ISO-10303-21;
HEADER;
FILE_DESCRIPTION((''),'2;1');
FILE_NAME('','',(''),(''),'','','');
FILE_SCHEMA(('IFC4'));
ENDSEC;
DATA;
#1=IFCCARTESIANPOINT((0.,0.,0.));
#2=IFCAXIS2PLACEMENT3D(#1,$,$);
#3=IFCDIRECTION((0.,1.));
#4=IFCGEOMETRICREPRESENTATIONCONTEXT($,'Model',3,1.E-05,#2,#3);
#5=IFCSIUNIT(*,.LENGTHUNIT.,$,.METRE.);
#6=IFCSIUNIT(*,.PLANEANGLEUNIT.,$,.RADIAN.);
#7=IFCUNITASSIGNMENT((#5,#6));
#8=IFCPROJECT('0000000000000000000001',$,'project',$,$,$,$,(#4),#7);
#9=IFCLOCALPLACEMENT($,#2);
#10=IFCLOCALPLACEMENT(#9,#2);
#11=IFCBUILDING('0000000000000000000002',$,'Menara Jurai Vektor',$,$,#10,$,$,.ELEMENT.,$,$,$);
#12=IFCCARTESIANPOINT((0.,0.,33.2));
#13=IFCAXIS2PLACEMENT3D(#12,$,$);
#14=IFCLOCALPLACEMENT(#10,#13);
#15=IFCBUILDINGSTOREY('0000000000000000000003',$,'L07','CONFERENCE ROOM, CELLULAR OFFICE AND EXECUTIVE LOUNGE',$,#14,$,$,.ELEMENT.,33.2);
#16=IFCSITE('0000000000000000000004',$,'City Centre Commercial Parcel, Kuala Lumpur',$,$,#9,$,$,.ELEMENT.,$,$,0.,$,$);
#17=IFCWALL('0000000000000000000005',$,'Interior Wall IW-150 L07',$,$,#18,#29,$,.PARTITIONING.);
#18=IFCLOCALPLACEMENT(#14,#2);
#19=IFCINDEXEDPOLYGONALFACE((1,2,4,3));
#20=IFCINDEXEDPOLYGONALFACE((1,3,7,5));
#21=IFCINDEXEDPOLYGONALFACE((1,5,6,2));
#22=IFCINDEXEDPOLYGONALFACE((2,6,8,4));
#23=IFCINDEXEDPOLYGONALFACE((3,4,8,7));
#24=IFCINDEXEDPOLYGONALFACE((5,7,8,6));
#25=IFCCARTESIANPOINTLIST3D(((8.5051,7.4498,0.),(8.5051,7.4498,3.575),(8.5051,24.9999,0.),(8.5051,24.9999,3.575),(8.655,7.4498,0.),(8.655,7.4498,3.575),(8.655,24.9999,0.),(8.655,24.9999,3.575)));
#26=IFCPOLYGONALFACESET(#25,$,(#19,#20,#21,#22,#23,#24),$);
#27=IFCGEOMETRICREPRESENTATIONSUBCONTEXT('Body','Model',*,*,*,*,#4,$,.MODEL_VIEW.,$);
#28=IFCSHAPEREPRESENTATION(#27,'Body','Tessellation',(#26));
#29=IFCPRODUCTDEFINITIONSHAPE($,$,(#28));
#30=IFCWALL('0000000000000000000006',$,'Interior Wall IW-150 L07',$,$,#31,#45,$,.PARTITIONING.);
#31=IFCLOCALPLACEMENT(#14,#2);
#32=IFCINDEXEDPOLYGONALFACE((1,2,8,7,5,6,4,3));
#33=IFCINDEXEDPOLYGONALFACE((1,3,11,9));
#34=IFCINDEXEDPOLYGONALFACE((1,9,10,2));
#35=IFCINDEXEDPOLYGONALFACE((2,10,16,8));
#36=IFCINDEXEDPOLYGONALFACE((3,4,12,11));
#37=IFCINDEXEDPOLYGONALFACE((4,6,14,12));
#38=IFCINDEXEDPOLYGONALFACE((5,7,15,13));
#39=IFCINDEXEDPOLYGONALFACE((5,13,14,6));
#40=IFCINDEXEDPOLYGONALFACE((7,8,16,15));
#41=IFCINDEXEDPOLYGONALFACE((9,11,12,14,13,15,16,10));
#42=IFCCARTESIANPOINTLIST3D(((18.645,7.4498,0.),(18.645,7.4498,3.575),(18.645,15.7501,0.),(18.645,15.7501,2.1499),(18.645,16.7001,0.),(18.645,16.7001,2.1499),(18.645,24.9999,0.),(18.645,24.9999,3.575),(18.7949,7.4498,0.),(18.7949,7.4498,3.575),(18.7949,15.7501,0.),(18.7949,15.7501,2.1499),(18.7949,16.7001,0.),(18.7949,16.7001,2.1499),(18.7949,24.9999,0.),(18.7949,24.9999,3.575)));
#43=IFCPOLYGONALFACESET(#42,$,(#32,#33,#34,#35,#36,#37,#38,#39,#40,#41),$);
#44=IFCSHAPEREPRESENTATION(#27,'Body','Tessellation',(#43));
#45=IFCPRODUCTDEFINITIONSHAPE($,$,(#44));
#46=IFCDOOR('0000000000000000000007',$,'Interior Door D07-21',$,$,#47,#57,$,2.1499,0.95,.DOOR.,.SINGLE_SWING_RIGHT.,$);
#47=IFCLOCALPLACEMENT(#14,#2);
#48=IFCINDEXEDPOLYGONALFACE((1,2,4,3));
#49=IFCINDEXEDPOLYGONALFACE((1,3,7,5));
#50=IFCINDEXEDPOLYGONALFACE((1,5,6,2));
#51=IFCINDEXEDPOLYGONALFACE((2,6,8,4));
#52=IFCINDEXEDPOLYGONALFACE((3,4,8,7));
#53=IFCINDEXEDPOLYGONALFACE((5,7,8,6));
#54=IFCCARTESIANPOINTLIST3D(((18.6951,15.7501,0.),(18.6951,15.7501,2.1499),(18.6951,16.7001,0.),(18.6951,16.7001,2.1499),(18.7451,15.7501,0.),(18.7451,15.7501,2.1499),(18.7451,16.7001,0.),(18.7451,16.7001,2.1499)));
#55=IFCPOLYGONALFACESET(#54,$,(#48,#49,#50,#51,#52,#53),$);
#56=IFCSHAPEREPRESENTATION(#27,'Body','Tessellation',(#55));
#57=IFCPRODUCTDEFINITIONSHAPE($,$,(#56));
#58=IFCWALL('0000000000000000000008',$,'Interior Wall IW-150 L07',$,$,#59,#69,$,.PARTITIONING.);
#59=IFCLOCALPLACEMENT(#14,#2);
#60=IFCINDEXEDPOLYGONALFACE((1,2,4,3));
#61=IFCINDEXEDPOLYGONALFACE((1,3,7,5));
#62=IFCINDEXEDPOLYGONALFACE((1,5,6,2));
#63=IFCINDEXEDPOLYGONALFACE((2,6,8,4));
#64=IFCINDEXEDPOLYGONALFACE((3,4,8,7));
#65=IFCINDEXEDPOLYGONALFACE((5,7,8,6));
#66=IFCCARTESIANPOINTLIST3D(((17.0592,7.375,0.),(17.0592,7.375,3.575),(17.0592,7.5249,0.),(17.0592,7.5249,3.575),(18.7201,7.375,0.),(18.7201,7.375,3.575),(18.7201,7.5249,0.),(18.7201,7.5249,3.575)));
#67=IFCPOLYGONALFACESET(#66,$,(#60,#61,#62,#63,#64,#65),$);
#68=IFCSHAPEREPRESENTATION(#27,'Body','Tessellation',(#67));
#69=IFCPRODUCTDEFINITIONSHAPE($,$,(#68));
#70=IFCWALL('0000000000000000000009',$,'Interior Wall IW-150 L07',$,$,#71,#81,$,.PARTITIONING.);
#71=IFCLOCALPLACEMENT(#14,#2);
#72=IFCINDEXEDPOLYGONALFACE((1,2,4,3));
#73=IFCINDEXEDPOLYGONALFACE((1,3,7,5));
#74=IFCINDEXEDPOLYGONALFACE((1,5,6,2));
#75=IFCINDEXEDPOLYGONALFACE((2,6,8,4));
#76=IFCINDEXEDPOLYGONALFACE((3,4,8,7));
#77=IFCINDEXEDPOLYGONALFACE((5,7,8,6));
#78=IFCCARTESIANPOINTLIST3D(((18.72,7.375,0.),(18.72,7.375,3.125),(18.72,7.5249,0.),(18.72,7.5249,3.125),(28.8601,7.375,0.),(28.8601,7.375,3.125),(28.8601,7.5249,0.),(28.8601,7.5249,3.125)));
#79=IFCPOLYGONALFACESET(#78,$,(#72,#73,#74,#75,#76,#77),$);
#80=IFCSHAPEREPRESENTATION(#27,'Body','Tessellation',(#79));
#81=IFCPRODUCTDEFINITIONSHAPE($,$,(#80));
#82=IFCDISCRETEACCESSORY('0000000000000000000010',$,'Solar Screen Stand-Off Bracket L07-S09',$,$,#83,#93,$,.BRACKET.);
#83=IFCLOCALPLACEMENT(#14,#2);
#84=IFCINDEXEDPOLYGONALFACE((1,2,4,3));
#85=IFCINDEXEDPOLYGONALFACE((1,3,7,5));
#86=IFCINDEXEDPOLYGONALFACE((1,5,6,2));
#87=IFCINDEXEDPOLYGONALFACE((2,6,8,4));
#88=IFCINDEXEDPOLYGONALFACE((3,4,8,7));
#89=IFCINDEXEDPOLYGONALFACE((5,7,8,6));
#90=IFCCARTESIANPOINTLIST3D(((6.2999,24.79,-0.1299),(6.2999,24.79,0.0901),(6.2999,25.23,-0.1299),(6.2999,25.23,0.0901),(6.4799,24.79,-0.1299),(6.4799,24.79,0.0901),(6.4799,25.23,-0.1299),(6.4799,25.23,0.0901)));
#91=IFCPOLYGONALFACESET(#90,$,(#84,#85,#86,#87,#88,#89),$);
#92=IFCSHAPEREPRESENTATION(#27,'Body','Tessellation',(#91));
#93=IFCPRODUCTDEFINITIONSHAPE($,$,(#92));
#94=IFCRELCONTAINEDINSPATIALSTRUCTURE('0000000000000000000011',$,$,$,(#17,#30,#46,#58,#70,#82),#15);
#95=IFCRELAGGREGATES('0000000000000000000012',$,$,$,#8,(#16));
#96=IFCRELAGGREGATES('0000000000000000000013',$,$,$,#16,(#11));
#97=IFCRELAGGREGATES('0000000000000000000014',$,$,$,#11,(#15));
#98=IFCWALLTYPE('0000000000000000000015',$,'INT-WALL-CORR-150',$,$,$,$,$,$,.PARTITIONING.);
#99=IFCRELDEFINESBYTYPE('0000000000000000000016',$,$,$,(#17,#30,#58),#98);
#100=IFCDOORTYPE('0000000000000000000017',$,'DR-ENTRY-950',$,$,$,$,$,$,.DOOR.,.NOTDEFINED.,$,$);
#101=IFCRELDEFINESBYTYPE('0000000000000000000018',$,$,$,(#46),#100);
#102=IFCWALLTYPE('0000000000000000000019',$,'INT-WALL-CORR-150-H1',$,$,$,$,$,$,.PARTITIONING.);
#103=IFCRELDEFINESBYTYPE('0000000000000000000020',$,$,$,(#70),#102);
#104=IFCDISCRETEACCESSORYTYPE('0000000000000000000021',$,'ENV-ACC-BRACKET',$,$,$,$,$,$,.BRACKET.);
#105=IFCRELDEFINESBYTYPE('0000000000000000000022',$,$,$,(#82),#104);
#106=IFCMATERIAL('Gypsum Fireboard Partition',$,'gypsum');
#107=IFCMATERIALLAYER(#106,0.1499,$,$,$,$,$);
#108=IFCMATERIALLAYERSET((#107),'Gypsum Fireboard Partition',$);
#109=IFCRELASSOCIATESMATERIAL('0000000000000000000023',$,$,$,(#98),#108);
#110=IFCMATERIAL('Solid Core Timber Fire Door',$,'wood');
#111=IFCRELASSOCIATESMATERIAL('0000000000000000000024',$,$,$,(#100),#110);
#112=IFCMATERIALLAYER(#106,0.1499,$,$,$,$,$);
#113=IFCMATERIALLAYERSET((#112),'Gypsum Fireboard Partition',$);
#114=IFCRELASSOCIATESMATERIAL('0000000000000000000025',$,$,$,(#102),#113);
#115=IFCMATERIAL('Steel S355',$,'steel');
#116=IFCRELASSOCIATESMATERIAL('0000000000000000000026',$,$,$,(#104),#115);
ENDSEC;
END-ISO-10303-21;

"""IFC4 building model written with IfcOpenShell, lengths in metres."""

from ifc_helpers import new_model, si_unit, direction, frame, frame_2d, origin, origin_2d, place, context, subcontext, project, spatial, rectangle, extrude, material, layer, layer_set, type_object, element, fill, save


model = new_model("IFC4")

# Units and contexts
model_context = context("Model", 3, precision=1e-05, world=origin(), true_north=direction((0.0, 1.0)))
body_context = subcontext(model_context, "Body", "Model", "MODEL_VIEW")
ifc_project = project(units=[si_unit("LENGTHUNIT", "METRE"), si_unit("PLANEANGLEUNIT", "RADIAN")], contexts=[model_context])

# Site, building, storey
site_placement = place(None, origin())
site = spatial("IfcSite", under=ifc_project, at=site_placement, Name="City Centre Commercial Parcel, Kuala Lumpur", CompositionType="ELEMENT", RefElevation=0.0)
building_placement = place(site_placement, origin())
building = spatial("IfcBuilding", under=site, at=building_placement, Name="Menara Jurai Vektor", CompositionType="ELEMENT")
storey_placement = place(building_placement, frame((0.0, 0.0, 33.2)))
storey = spatial("IfcBuildingStorey", under=building, at=storey_placement, Name="L07", Description="CONFERENCE ROOM, CELLULAR OFFICE AND EXECUTIVE LOUNGE", CompositionType="ELEMENT", Elevation=33.2)

# Shared definitions
ifc_material_1 = material(Name="Steel S355", Category="steel")

# Shared definitions
ifc_material_2 = material(Name="Gypsum Fireboard Partition", Category="gypsum")
ifc_layer_1 = layer(ifc_material_2, 0.1499)
ifc_layer_set_1 = layer_set([ifc_layer_1], Name="Gypsum Fireboard Partition")
wall_type_1 = type_object("IfcWallType", Name="INT-WALL-CORR-150", PredefinedType="PARTITIONING", material=ifc_layer_set_1)

# Shared definitions
ifc_material_3 = material(Name="Solid Core Timber Fire Door", Category="wood")
door_type = type_object("IfcDoorType", Name="DR-ENTRY-950", OperationType="NOTDEFINED", PredefinedType="DOOR", material=ifc_material_3)

# Wall
wall_1_placement = place(storey_placement, frame((8.5801, 7.45, 0.0), z_axis=(0.0, 0.0, 1.0), x_axis=(0.0, 1.0, 0.0)))
element("IfcWall", 1, at=wall_1_placement, inside=storey, type_object=wall_type_1, Name="Interior Wall IW-150 L07", PredefinedType="PARTITIONING", context=body_context, shape_type="SweptSolid", body=[
    extrude(rectangle(XDim=17.55, YDim=0.1499, at=frame_2d((8.7749, 0.0))), origin(), (0.0, 0.0, 1.0), 3.575),
])

# Wall, opening, door
wall_2_placement = place(storey_placement, frame((18.72, 7.45, 0.0), z_axis=(0.0, 0.0, 1.0), x_axis=(0.0, 1.0, 0.0)))
wall_2 = element("IfcWall", 2, at=wall_2_placement, inside=storey, type_object=wall_type_1, Name="Interior Wall IW-150 L07", PredefinedType="PARTITIONING", context=body_context, shape_type="SweptSolid", body=[
    extrude(rectangle(XDim=17.55, YDim=0.1499, at=frame_2d((8.7749, 0.0))), origin(), (0.0, 0.0, 1.0), 3.575),
])
opening_1_placement = place(wall_2_placement, frame((8.3, 0.0, 0.0)))
opening_1 = element("IfcOpeningElement", 3, at=opening_1_placement, cuts=wall_2, PredefinedType="OPENING", context=body_context, shape_type="SweptSolid", body=[
    extrude(rectangle(XDim=0.95, YDim=2.1499, at=frame_2d((0.4751, 1.075))), frame((0.0, 0.085, 0.0), z_axis=(0.0, -1.0, 0.0), x_axis=(1.0, 0.0, 0.0)), (0.0, 0.0, 1.0), 0.1699),
])
door_1_placement = place(opening_1_placement, origin())
door_1 = element("IfcDoor", 4, at=door_1_placement, inside=storey, type_object=door_type, Name="Interior Door D07-21", OperationType="SINGLE_SWING_RIGHT", OverallHeight=2.1499, OverallWidth=0.95, PredefinedType="DOOR", context=body_context, shape_type="SweptSolid", body=[
    extrude(rectangle(XDim=0.95, YDim=2.1499, at=frame_2d((0.4751, 1.075))), frame((0.0, 0.0249, 0.0), z_axis=(0.0, -1.0, 0.0), x_axis=(1.0, 0.0, 0.0)), (0.0, 0.0, 1.0), 0.05),
])
fill(opening_1, door_1)

# Walls
wall_3_placement = place(storey_placement, frame((17.0591, 7.45, 0.0), z_axis=(0.0, 0.0, 1.0), x_axis=(1.0, 0.0, 0.0)))
element("IfcWall", 5, at=wall_3_placement, inside=storey, type_object=wall_type_1, Name="Interior Wall IW-150 L07", PredefinedType="PARTITIONING", context=body_context, shape_type="SweptSolid", body=[
    extrude(rectangle(XDim=1.6609, YDim=0.1499, at=frame_2d((0.8306, 0.0))), origin(), (0.0, 0.0, 1.0), 3.575),
])
ifc_layer_2 = layer(ifc_material_2, 0.1499)
ifc_layer_set_2 = layer_set([ifc_layer_2], Name="Gypsum Fireboard Partition")
wall_type_2 = type_object("IfcWallType", Name="INT-WALL-CORR-150-H1", PredefinedType="PARTITIONING", material=ifc_layer_set_2)
wall_4_placement = place(storey_placement, frame((18.72, 7.45, 0.0), z_axis=(0.0, 0.0, 1.0), x_axis=(1.0, 0.0, 0.0)))
element("IfcWall", 6, at=wall_4_placement, inside=storey, type_object=wall_type_2, Name="Interior Wall IW-150 L07", PredefinedType="PARTITIONING", context=body_context, shape_type="SweptSolid", body=[
    extrude(rectangle(XDim=10.1401, YDim=0.1499, at=frame_2d((5.0701, 0.0))), origin(), (0.0, 0.0, 1.0), 3.125),
])

# Discrete accessory
discrete_accessory_type = type_object("IfcDiscreteAccessoryType", Name="ENV-ACC-BRACKET", PredefinedType="BRACKET", material=ifc_material_1)
discrete_accessory_placement = place(storey_placement, frame((6.3899, 25.01, -0.1299), z_axis=(0.0, 0.0, 1.0), x_axis=(-1.0, 0.0, 0.0)))
element("IfcDiscreteAccessory", 7, at=discrete_accessory_placement, inside=storey, type_object=discrete_accessory_type, Name="Solar Screen Stand-Off Bracket L07-S09", PredefinedType="BRACKET", context=body_context, shape_type="SweptSolid", body=[
    extrude(rectangle(XDim=0.1799, YDim=0.4399, at=origin_2d()), origin(), (0.0, 0.0, 1.0), 0.22),
])

save(model, "model.ifc")
